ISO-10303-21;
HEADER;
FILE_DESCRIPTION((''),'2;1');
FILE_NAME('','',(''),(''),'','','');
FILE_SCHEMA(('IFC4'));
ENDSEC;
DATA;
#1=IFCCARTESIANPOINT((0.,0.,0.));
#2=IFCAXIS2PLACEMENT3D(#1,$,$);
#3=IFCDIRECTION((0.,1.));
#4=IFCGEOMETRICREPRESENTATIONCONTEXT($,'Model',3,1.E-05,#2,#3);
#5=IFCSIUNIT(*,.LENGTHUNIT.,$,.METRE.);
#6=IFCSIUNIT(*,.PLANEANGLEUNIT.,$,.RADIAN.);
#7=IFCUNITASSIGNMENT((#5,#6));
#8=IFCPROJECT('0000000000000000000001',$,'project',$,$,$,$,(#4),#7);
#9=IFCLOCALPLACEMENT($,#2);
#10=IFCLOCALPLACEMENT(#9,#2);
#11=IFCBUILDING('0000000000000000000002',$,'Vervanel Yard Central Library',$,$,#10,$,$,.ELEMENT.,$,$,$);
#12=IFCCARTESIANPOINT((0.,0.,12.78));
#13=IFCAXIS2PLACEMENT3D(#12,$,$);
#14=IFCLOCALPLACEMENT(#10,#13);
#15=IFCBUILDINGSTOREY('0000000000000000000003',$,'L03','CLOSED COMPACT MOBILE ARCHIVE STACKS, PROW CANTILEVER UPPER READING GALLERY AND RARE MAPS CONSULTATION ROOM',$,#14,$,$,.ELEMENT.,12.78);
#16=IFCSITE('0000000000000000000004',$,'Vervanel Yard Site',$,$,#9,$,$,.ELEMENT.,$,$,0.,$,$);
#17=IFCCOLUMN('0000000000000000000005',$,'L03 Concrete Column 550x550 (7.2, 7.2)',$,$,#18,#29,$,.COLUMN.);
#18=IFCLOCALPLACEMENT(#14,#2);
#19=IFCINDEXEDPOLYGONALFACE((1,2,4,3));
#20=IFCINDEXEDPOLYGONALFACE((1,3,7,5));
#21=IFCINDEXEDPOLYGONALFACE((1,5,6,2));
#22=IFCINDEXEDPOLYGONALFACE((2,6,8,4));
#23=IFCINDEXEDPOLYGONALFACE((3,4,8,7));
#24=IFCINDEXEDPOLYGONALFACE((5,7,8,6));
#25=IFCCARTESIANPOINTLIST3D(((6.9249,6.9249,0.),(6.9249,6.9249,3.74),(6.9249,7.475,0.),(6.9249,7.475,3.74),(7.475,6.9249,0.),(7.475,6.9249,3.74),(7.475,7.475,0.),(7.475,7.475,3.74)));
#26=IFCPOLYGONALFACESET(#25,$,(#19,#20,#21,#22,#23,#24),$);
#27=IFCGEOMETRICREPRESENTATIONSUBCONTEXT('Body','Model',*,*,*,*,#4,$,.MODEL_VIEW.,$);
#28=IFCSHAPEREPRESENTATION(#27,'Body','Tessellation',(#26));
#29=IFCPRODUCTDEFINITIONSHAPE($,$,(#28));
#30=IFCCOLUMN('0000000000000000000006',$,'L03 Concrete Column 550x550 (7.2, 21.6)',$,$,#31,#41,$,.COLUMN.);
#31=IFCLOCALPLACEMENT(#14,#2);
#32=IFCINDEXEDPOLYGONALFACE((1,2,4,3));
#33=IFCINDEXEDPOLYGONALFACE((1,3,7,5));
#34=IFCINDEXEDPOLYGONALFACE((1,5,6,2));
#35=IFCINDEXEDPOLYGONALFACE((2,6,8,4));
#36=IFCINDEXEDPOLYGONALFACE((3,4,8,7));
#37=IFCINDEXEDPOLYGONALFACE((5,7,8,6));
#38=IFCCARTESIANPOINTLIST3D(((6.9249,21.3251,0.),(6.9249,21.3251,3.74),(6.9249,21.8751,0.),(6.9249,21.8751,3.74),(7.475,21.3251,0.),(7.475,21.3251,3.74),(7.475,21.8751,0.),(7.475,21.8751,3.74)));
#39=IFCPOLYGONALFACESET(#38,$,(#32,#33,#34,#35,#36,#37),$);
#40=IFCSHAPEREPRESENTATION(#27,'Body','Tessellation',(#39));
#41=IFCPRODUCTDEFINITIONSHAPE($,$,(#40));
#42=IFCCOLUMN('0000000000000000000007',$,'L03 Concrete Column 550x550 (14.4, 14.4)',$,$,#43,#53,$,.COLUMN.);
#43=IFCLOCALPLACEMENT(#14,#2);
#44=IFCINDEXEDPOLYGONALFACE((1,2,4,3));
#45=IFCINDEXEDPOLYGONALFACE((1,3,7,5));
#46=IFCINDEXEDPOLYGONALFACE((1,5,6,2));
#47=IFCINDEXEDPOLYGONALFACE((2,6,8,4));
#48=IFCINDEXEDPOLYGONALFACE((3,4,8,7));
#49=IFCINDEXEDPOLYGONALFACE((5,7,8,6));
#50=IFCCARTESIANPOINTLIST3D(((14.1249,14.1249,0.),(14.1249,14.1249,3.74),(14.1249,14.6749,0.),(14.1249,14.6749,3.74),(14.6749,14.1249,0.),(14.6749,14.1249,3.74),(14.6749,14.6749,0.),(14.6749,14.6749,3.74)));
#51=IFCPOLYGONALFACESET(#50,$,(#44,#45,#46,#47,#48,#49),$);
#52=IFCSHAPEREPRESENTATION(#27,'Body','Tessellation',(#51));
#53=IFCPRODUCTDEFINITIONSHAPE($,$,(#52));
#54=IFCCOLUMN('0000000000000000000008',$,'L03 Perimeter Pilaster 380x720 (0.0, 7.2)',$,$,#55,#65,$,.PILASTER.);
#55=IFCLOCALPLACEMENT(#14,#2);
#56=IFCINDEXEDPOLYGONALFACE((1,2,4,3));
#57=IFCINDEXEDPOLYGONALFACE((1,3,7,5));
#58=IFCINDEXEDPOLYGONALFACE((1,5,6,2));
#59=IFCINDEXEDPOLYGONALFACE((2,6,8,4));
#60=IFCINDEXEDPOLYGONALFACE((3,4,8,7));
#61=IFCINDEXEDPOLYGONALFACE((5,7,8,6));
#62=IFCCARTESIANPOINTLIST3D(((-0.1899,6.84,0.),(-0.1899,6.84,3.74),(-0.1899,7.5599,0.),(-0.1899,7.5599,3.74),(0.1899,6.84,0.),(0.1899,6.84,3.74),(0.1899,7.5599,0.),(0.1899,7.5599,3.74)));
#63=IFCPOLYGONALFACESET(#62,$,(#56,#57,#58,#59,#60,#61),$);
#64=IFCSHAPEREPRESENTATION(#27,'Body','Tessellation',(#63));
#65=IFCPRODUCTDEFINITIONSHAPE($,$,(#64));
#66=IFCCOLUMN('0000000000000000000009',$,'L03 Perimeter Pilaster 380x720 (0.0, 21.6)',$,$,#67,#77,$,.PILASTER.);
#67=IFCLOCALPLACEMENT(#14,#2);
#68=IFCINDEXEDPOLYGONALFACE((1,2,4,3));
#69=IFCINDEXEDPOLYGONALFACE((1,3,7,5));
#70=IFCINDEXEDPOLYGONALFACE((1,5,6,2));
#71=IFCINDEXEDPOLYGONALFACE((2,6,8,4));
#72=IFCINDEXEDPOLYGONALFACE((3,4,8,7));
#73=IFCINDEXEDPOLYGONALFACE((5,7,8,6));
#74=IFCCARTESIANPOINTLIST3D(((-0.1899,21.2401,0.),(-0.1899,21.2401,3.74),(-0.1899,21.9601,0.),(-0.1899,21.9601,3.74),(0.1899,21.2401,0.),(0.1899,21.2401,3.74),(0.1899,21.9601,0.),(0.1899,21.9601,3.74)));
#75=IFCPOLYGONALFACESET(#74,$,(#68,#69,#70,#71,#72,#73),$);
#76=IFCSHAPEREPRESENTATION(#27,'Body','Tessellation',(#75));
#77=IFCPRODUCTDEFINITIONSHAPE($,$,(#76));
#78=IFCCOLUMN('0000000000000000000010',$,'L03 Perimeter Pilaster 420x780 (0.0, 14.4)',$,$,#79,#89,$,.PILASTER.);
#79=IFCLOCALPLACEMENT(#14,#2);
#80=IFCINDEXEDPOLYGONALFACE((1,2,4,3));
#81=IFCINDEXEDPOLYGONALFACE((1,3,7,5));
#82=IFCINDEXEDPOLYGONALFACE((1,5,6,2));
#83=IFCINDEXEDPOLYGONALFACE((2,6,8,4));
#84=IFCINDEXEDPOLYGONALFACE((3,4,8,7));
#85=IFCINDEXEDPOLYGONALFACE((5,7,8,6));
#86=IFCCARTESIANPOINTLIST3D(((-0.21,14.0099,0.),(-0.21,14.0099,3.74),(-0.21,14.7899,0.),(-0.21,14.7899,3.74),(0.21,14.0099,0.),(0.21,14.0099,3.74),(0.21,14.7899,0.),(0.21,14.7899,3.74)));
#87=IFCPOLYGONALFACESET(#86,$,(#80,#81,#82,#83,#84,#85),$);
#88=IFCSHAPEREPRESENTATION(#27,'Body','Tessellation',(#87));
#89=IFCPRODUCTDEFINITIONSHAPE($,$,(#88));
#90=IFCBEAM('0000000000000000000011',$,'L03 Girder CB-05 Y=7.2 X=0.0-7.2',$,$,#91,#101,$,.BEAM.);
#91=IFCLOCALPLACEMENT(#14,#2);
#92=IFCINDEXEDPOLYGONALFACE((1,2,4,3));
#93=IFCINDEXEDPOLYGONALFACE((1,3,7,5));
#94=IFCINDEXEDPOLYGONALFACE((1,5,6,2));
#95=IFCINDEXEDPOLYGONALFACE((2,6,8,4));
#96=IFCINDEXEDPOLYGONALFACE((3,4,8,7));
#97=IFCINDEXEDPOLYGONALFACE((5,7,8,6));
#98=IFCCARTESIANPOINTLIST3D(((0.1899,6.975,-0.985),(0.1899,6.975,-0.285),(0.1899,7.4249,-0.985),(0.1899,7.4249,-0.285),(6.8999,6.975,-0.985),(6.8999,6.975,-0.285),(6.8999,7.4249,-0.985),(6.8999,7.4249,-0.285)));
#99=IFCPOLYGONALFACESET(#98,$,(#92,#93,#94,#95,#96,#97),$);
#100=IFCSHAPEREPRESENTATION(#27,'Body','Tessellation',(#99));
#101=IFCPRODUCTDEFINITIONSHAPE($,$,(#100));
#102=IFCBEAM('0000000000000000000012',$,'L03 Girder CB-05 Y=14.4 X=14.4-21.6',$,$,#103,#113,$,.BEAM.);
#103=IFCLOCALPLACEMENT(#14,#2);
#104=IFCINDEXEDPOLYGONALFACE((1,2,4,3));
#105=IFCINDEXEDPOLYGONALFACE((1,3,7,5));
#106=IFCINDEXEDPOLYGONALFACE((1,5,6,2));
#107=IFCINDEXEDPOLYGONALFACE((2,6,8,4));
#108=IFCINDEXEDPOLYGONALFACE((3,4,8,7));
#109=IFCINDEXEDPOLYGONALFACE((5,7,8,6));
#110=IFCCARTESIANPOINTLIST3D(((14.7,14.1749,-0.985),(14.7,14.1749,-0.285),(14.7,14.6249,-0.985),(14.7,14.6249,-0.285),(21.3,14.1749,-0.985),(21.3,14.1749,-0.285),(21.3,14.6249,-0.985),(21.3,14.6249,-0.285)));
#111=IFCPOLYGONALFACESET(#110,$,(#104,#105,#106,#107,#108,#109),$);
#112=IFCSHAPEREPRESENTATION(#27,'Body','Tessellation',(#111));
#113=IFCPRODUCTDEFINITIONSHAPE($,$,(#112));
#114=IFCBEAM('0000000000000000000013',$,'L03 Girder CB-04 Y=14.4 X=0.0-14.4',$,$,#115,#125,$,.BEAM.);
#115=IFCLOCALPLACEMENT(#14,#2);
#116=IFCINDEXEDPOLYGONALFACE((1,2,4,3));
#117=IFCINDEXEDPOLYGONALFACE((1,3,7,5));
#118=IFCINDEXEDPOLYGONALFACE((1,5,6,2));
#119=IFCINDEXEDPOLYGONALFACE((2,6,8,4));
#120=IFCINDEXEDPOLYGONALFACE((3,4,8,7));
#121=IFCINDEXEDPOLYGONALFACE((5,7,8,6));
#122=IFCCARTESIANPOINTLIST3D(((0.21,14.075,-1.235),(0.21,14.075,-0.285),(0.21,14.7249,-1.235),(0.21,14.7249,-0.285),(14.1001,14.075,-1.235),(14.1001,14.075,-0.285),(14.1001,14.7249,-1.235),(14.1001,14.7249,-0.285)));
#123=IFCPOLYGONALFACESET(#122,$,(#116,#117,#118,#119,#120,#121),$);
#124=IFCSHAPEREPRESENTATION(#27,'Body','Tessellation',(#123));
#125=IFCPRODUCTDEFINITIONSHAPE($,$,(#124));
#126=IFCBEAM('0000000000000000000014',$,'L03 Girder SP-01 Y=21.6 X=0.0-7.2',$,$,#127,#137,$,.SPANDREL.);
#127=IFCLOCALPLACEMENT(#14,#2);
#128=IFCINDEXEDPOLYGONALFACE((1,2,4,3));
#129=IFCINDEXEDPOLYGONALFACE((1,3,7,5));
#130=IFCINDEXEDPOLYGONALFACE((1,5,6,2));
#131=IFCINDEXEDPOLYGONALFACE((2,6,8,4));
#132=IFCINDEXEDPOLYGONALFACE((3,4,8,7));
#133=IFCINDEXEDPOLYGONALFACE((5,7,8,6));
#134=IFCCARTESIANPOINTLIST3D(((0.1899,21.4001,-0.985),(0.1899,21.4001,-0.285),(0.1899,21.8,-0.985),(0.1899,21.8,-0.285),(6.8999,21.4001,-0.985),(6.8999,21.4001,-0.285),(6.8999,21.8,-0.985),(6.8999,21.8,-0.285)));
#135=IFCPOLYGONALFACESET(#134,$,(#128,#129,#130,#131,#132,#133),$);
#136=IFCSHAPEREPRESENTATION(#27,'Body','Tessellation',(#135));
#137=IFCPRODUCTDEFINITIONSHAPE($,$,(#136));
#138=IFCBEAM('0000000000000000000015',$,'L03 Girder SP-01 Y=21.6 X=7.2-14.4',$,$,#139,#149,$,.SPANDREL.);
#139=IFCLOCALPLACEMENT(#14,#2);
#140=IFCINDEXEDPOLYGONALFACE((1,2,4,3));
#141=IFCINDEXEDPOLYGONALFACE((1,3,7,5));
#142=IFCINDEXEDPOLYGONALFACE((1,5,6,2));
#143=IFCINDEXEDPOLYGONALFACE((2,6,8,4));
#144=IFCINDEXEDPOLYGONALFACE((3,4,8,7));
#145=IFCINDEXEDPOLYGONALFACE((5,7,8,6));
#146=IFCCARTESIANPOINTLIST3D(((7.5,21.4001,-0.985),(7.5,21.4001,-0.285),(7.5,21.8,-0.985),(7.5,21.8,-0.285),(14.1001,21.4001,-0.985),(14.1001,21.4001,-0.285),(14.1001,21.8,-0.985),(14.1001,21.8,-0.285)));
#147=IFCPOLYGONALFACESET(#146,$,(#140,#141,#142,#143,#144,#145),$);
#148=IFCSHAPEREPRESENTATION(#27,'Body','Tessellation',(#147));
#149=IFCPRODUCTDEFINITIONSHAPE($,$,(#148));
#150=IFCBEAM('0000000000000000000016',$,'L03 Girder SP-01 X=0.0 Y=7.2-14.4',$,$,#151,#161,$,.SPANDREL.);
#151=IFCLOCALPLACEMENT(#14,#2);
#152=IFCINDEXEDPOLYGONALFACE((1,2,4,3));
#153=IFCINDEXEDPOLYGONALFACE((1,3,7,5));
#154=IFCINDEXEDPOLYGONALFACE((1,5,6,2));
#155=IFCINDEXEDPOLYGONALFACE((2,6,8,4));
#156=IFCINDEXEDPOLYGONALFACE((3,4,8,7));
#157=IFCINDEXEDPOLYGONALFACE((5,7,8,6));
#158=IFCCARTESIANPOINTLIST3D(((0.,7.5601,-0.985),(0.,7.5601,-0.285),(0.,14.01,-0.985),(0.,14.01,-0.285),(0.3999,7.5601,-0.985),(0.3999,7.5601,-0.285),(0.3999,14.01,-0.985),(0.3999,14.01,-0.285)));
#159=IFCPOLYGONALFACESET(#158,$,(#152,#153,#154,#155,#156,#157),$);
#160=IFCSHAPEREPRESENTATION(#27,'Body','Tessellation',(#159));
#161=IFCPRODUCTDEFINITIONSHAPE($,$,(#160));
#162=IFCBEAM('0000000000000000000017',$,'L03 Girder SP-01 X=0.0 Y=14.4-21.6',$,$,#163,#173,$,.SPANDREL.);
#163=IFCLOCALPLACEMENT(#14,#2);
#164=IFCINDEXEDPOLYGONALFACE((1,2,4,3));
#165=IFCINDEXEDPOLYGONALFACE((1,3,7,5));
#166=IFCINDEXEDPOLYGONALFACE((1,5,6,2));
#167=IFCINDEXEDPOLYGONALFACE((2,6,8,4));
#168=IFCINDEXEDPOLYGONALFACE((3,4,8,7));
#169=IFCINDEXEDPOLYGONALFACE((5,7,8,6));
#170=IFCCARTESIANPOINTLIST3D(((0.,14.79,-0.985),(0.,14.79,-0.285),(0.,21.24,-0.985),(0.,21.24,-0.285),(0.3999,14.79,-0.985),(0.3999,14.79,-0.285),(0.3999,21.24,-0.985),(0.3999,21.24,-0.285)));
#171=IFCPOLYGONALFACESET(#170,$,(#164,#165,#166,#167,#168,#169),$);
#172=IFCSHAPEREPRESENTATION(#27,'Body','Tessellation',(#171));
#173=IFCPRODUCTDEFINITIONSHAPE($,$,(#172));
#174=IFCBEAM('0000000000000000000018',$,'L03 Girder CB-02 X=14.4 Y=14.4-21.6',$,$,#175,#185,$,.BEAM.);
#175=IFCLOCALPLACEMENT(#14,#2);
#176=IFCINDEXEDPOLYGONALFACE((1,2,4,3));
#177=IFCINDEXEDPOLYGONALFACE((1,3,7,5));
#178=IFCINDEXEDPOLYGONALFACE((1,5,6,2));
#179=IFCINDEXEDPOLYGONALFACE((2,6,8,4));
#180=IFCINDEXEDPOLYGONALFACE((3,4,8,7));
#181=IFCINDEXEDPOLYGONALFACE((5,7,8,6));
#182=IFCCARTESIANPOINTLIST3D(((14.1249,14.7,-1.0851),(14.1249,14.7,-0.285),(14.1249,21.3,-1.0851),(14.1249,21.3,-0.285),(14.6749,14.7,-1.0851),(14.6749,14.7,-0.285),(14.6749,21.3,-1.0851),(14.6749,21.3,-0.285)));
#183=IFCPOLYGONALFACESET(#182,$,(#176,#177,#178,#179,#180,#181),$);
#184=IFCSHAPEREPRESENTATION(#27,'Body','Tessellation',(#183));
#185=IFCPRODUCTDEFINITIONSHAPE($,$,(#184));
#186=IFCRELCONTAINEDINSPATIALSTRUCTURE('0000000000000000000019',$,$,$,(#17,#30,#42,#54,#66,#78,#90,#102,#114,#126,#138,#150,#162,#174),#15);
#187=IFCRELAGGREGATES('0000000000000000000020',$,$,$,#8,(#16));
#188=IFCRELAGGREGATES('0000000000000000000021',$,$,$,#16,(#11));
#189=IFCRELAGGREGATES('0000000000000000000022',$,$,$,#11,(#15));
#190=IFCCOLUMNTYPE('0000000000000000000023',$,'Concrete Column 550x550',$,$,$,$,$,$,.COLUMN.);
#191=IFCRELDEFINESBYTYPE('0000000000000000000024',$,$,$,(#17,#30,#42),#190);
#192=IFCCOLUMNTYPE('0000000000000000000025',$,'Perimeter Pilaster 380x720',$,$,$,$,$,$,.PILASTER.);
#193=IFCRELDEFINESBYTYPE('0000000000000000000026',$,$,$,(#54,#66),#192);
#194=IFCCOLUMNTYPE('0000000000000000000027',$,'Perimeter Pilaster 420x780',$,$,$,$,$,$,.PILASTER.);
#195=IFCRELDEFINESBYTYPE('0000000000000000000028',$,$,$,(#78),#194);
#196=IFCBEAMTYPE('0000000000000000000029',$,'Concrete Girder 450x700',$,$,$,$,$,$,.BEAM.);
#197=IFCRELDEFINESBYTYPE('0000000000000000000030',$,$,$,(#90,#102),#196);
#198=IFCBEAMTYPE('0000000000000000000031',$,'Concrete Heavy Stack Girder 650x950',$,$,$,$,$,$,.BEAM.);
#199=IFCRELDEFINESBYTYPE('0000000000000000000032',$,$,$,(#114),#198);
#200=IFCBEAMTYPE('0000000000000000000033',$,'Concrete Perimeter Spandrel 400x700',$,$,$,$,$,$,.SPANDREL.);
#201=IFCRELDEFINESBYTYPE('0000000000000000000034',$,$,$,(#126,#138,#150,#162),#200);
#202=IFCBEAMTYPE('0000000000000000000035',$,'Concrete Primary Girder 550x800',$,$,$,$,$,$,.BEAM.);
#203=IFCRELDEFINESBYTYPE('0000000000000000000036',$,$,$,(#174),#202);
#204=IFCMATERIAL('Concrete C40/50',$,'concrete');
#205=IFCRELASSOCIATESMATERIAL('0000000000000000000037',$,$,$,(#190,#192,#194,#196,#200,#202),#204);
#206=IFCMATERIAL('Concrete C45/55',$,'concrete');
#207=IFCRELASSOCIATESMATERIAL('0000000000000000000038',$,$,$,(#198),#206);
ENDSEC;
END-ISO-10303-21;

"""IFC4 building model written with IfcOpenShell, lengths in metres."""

from ifc_helpers import new_model, si_unit, direction, frame, origin, origin_2d, place, context, subcontext, project, spatial, rectangle, extrude, material, material_profile, profile_set, type_object, element, save


model = new_model("IFC4")

# Units and contexts
model_context = context("Model", 3, precision=1e-05, world=origin(), true_north=direction((0.0, 1.0)))
body_context = subcontext(model_context, "Body", "Model", "MODEL_VIEW")
ifc_project = project(units=[si_unit("LENGTHUNIT", "METRE"), si_unit("PLANEANGLEUNIT", "RADIAN")], contexts=[model_context])

# Site, building, storey
site_placement = place(None, origin())
site = spatial("IfcSite", under=ifc_project, at=site_placement, Name="Vervanel Yard Site", CompositionType="ELEMENT", RefElevation=0.0)
building_placement = place(site_placement, origin())
building = spatial("IfcBuilding", under=site, at=building_placement, Name="Vervanel Yard Central Library", CompositionType="ELEMENT")
storey_placement = place(building_placement, frame((0.0, 0.0, 12.78)))
storey = spatial("IfcBuildingStorey", under=building, at=storey_placement, Name="L03", Description="CLOSED COMPACT MOBILE ARCHIVE STACKS, PROW CANTILEVER UPPER READING GALLERY AND RARE MAPS CONSULTATION ROOM", CompositionType="ELEMENT", Elevation=12.78)

# Columns
ifc_material_1 = material(Name="Concrete C40/50", Category="concrete")
ifc_material_profile_1 = material_profile(ifc_material_1, rectangle(XDim=0.55, YDim=0.55, at=origin_2d()), Name="RC 550x550", Category="concrete")
ifc_profile_set_1 = profile_set([ifc_material_profile_1], Name="Concrete C40/50")
column_type_1 = type_object("IfcColumnType", Name="Concrete Column 550x550", PredefinedType="COLUMN", material=ifc_profile_set_1)
for number, where, z_axis, x_axis, name in (
    (1, (7.2, 7.2, 0.0), (0.0, 0.0, 1.0), (1.0, 0.0, 0.0), "L03 Concrete Column 550x550 (7.2, 7.2)"),
    (2, (7.2, 21.6001, 0.0), (0.0, 0.0, 1.0), (1.0, 0.0, 0.0), "L03 Concrete Column 550x550 (7.2, 21.6)"),
    (3, (14.3999, 14.3999, 0.0), (0.0, 0.0, 1.0), (1.0, 0.0, 0.0), "L03 Concrete Column 550x550 (14.4, 14.4)"),
):
    element("IfcColumn", number, at=place(storey_placement, frame(where, z_axis=z_axis, x_axis=x_axis)), inside=storey, type_object=column_type_1, Name=name, PredefinedType="COLUMN", context=body_context, shape_type="SweptSolid", body=[
        extrude(rectangle(XDim=0.55, YDim=0.55, at=origin_2d()), origin(), (0.0, 0.0, 1.0), 3.74),
    ])
ifc_material_profile_2 = material_profile(ifc_material_1, rectangle(XDim=0.3799, YDim=0.72, at=origin_2d()), Name="RC 380x720", Category="concrete")
ifc_profile_set_2 = profile_set([ifc_material_profile_2], Name="Concrete C40/50")
column_type_2 = type_object("IfcColumnType", Name="Perimeter Pilaster 380x720", PredefinedType="PILASTER", material=ifc_profile_set_2)
for number, where, z_axis, x_axis, name in (
    (4, (0.0, 7.2, 0.0), (0.0, 0.0, 1.0), (1.0, 0.0, 0.0), "L03 Perimeter Pilaster 380x720 (0.0, 7.2)"),
    (5, (0.0, 21.6001, 0.0), (0.0, 0.0, 1.0), (1.0, 0.0, 0.0), "L03 Perimeter Pilaster 380x720 (0.0, 21.6)"),
):
    element("IfcColumn", number, at=place(storey_placement, frame(where, z_axis=z_axis, x_axis=x_axis)), inside=storey, type_object=column_type_2, Name=name, PredefinedType="PILASTER", context=body_context, shape_type="SweptSolid", body=[
        extrude(rectangle(XDim=0.3799, YDim=0.72, at=origin_2d()), origin(), (0.0, 0.0, 1.0), 3.74),
    ])
ifc_material_profile_3 = material_profile(ifc_material_1, rectangle(XDim=0.4199, YDim=0.78, at=origin_2d()), Name="RC 420x780", Category="concrete")
ifc_profile_set_3 = profile_set([ifc_material_profile_3], Name="Concrete C40/50")
column_type_3 = type_object("IfcColumnType", Name="Perimeter Pilaster 420x780", PredefinedType="PILASTER", material=ifc_profile_set_3)
column_placement = place(storey_placement, frame((0.0, 14.3999, 0.0), z_axis=(0.0, 0.0, 1.0), x_axis=(1.0, 0.0, 0.0)))
element("IfcColumn", 6, at=column_placement, inside=storey, type_object=column_type_3, Name="L03 Perimeter Pilaster 420x780 (0.0, 14.4)", PredefinedType="PILASTER", context=body_context, shape_type="SweptSolid", body=[
    extrude(rectangle(XDim=0.4199, YDim=0.78, at=origin_2d()), origin(), (0.0, 0.0, 1.0), 3.74),
])

# Beams
ifc_material_profile_4 = material_profile(ifc_material_1, rectangle(XDim=0.45, YDim=0.7, at=origin_2d()), Name="RC 450x700", Category="concrete")
ifc_profile_set_4 = profile_set([ifc_material_profile_4], Name="Concrete C40/50")
beam_type_1 = type_object("IfcBeamType", Name="Concrete Girder 450x700", PredefinedType="BEAM", material=ifc_profile_set_4)
beam_1_placement = place(storey_placement, frame((0.1899, 7.2, -0.635), z_axis=(1.0, 0.0, 0.0), x_axis=(0.0, 1.0, 0.0)))
element("IfcBeam", 7, at=beam_1_placement, inside=storey, type_object=beam_type_1, Name="L03 Girder CB-05 Y=7.2 X=0.0-7.2", PredefinedType="BEAM", context=body_context, shape_type="SweptSolid", body=[
    extrude(rectangle(XDim=0.45, YDim=0.7, at=origin_2d()), origin(), (0.0, 0.0, 1.0), 6.71),
])
beam_2_placement = place(storey_placement, frame((14.7, 14.3999, -0.635), z_axis=(1.0, 0.0, 0.0), x_axis=(0.0, 1.0, 0.0)))
element("IfcBeam", 8, at=beam_2_placement, inside=storey, type_object=beam_type_1, Name="L03 Girder CB-05 Y=14.4 X=14.4-21.6", PredefinedType="BEAM", context=body_context, shape_type="SweptSolid", body=[
    extrude(rectangle(XDim=0.45, YDim=0.7, at=origin_2d()), origin(), (0.0, 0.0, 1.0), 6.6001),
])
ifc_material_2 = material(Name="Concrete C45/55", Category="concrete")
ifc_material_profile_5 = material_profile(ifc_material_2, rectangle(XDim=0.6499, YDim=0.95, at=origin_2d()), Name="RC 650x950", Category="concrete")
ifc_profile_set_5 = profile_set([ifc_material_profile_5], Name="Concrete C45/55")
beam_type_2 = type_object("IfcBeamType", Name="Concrete Heavy Stack Girder 650x950", PredefinedType="BEAM", material=ifc_profile_set_5)
beam_3_placement = place(storey_placement, frame((0.21, 14.3999, -0.76), z_axis=(1.0, 0.0, 0.0), x_axis=(0.0, 1.0, 0.0)))
element("IfcBeam", 9, at=beam_3_placement, inside=storey, type_object=beam_type_2, Name="L03 Girder CB-04 Y=14.4 X=0.0-14.4", PredefinedType="BEAM", context=body_context, shape_type="SweptSolid", body=[
    extrude(rectangle(XDim=0.6499, YDim=0.95, at=origin_2d()), origin(), (0.0, 0.0, 1.0), 13.8901),
])
ifc_material_profile_6 = material_profile(ifc_material_1, rectangle(XDim=0.3999, YDim=0.7, at=origin_2d()), Name="RC 400x700", Category="concrete")
ifc_profile_set_6 = profile_set([ifc_material_profile_6], Name="Concrete C40/50")
beam_type_3 = type_object("IfcBeamType", Name="Concrete Perimeter Spandrel 400x700", PredefinedType="SPANDREL", material=ifc_profile_set_6)
beam_4_placement = place(storey_placement, frame((0.1899, 21.6001, -0.635), z_axis=(1.0, 0.0, 0.0), x_axis=(0.0, 1.0, 0.0)))
element("IfcBeam", 10, at=beam_4_placement, inside=storey, type_object=beam_type_3, Name="L03 Girder SP-01 Y=21.6 X=0.0-7.2", PredefinedType="SPANDREL", context=body_context, shape_type="SweptSolid", body=[
    extrude(rectangle(XDim=0.3999, YDim=0.7, at=origin_2d()), origin(), (0.0, 0.0, 1.0), 6.71),
])
beam_5_placement = place(storey_placement, frame((7.5, 21.6001, -0.635), z_axis=(1.0, 0.0, 0.0), x_axis=(0.0, 1.0, 0.0)))
element("IfcBeam", 11, at=beam_5_placement, inside=storey, type_object=beam_type_3, Name="L03 Girder SP-01 Y=21.6 X=7.2-14.4", PredefinedType="SPANDREL", context=body_context, shape_type="SweptSolid", body=[
    extrude(rectangle(XDim=0.3999, YDim=0.7, at=origin_2d()), origin(), (0.0, 0.0, 1.0), 6.6001),
])
for number, where, z_axis, x_axis, name in (
    (12, (0.2, 7.5601, -0.635), (0.0, 1.0, 0.0), (-1.0, 0.0, 0.0), "L03 Girder SP-01 X=0.0 Y=7.2-14.4"),
    (13, (0.2, 14.79, -0.635), (0.0, 1.0, 0.0), (-1.0, 0.0, 0.0), "L03 Girder SP-01 X=0.0 Y=14.4-21.6"),
):
    element("IfcBeam", number, at=place(storey_placement, frame(where, z_axis=z_axis, x_axis=x_axis)), inside=storey, type_object=beam_type_3, Name=name, PredefinedType="SPANDREL", context=body_context, shape_type="SweptSolid", body=[
        extrude(rectangle(XDim=0.3999, YDim=0.7, at=origin_2d()), origin(), (0.0, 0.0, 1.0), 6.45),
    ])
ifc_material_profile_7 = material_profile(ifc_material_1, rectangle(XDim=0.55, YDim=0.8, at=origin_2d()), Name="RC 550x800", Category="concrete")
ifc_profile_set_7 = profile_set([ifc_material_profile_7], Name="Concrete C40/50")
beam_type_4 = type_object("IfcBeamType", Name="Concrete Primary Girder 550x800", PredefinedType="BEAM", material=ifc_profile_set_7)
beam_6_placement = place(storey_placement, frame((14.3999, 14.7, -0.6851), z_axis=(0.0, 1.0, 0.0), x_axis=(-1.0, 0.0, 0.0)))
element("IfcBeam", 14, at=beam_6_placement, inside=storey, type_object=beam_type_4, Name="L03 Girder CB-02 X=14.4 Y=14.4-21.6", PredefinedType="BEAM", context=body_context, shape_type="SweptSolid", body=[
    extrude(rectangle(XDim=0.55, YDim=0.8, at=origin_2d()), origin(), (0.0, 0.0, 1.0), 6.6001),
])

save(model, "model.ifc")
